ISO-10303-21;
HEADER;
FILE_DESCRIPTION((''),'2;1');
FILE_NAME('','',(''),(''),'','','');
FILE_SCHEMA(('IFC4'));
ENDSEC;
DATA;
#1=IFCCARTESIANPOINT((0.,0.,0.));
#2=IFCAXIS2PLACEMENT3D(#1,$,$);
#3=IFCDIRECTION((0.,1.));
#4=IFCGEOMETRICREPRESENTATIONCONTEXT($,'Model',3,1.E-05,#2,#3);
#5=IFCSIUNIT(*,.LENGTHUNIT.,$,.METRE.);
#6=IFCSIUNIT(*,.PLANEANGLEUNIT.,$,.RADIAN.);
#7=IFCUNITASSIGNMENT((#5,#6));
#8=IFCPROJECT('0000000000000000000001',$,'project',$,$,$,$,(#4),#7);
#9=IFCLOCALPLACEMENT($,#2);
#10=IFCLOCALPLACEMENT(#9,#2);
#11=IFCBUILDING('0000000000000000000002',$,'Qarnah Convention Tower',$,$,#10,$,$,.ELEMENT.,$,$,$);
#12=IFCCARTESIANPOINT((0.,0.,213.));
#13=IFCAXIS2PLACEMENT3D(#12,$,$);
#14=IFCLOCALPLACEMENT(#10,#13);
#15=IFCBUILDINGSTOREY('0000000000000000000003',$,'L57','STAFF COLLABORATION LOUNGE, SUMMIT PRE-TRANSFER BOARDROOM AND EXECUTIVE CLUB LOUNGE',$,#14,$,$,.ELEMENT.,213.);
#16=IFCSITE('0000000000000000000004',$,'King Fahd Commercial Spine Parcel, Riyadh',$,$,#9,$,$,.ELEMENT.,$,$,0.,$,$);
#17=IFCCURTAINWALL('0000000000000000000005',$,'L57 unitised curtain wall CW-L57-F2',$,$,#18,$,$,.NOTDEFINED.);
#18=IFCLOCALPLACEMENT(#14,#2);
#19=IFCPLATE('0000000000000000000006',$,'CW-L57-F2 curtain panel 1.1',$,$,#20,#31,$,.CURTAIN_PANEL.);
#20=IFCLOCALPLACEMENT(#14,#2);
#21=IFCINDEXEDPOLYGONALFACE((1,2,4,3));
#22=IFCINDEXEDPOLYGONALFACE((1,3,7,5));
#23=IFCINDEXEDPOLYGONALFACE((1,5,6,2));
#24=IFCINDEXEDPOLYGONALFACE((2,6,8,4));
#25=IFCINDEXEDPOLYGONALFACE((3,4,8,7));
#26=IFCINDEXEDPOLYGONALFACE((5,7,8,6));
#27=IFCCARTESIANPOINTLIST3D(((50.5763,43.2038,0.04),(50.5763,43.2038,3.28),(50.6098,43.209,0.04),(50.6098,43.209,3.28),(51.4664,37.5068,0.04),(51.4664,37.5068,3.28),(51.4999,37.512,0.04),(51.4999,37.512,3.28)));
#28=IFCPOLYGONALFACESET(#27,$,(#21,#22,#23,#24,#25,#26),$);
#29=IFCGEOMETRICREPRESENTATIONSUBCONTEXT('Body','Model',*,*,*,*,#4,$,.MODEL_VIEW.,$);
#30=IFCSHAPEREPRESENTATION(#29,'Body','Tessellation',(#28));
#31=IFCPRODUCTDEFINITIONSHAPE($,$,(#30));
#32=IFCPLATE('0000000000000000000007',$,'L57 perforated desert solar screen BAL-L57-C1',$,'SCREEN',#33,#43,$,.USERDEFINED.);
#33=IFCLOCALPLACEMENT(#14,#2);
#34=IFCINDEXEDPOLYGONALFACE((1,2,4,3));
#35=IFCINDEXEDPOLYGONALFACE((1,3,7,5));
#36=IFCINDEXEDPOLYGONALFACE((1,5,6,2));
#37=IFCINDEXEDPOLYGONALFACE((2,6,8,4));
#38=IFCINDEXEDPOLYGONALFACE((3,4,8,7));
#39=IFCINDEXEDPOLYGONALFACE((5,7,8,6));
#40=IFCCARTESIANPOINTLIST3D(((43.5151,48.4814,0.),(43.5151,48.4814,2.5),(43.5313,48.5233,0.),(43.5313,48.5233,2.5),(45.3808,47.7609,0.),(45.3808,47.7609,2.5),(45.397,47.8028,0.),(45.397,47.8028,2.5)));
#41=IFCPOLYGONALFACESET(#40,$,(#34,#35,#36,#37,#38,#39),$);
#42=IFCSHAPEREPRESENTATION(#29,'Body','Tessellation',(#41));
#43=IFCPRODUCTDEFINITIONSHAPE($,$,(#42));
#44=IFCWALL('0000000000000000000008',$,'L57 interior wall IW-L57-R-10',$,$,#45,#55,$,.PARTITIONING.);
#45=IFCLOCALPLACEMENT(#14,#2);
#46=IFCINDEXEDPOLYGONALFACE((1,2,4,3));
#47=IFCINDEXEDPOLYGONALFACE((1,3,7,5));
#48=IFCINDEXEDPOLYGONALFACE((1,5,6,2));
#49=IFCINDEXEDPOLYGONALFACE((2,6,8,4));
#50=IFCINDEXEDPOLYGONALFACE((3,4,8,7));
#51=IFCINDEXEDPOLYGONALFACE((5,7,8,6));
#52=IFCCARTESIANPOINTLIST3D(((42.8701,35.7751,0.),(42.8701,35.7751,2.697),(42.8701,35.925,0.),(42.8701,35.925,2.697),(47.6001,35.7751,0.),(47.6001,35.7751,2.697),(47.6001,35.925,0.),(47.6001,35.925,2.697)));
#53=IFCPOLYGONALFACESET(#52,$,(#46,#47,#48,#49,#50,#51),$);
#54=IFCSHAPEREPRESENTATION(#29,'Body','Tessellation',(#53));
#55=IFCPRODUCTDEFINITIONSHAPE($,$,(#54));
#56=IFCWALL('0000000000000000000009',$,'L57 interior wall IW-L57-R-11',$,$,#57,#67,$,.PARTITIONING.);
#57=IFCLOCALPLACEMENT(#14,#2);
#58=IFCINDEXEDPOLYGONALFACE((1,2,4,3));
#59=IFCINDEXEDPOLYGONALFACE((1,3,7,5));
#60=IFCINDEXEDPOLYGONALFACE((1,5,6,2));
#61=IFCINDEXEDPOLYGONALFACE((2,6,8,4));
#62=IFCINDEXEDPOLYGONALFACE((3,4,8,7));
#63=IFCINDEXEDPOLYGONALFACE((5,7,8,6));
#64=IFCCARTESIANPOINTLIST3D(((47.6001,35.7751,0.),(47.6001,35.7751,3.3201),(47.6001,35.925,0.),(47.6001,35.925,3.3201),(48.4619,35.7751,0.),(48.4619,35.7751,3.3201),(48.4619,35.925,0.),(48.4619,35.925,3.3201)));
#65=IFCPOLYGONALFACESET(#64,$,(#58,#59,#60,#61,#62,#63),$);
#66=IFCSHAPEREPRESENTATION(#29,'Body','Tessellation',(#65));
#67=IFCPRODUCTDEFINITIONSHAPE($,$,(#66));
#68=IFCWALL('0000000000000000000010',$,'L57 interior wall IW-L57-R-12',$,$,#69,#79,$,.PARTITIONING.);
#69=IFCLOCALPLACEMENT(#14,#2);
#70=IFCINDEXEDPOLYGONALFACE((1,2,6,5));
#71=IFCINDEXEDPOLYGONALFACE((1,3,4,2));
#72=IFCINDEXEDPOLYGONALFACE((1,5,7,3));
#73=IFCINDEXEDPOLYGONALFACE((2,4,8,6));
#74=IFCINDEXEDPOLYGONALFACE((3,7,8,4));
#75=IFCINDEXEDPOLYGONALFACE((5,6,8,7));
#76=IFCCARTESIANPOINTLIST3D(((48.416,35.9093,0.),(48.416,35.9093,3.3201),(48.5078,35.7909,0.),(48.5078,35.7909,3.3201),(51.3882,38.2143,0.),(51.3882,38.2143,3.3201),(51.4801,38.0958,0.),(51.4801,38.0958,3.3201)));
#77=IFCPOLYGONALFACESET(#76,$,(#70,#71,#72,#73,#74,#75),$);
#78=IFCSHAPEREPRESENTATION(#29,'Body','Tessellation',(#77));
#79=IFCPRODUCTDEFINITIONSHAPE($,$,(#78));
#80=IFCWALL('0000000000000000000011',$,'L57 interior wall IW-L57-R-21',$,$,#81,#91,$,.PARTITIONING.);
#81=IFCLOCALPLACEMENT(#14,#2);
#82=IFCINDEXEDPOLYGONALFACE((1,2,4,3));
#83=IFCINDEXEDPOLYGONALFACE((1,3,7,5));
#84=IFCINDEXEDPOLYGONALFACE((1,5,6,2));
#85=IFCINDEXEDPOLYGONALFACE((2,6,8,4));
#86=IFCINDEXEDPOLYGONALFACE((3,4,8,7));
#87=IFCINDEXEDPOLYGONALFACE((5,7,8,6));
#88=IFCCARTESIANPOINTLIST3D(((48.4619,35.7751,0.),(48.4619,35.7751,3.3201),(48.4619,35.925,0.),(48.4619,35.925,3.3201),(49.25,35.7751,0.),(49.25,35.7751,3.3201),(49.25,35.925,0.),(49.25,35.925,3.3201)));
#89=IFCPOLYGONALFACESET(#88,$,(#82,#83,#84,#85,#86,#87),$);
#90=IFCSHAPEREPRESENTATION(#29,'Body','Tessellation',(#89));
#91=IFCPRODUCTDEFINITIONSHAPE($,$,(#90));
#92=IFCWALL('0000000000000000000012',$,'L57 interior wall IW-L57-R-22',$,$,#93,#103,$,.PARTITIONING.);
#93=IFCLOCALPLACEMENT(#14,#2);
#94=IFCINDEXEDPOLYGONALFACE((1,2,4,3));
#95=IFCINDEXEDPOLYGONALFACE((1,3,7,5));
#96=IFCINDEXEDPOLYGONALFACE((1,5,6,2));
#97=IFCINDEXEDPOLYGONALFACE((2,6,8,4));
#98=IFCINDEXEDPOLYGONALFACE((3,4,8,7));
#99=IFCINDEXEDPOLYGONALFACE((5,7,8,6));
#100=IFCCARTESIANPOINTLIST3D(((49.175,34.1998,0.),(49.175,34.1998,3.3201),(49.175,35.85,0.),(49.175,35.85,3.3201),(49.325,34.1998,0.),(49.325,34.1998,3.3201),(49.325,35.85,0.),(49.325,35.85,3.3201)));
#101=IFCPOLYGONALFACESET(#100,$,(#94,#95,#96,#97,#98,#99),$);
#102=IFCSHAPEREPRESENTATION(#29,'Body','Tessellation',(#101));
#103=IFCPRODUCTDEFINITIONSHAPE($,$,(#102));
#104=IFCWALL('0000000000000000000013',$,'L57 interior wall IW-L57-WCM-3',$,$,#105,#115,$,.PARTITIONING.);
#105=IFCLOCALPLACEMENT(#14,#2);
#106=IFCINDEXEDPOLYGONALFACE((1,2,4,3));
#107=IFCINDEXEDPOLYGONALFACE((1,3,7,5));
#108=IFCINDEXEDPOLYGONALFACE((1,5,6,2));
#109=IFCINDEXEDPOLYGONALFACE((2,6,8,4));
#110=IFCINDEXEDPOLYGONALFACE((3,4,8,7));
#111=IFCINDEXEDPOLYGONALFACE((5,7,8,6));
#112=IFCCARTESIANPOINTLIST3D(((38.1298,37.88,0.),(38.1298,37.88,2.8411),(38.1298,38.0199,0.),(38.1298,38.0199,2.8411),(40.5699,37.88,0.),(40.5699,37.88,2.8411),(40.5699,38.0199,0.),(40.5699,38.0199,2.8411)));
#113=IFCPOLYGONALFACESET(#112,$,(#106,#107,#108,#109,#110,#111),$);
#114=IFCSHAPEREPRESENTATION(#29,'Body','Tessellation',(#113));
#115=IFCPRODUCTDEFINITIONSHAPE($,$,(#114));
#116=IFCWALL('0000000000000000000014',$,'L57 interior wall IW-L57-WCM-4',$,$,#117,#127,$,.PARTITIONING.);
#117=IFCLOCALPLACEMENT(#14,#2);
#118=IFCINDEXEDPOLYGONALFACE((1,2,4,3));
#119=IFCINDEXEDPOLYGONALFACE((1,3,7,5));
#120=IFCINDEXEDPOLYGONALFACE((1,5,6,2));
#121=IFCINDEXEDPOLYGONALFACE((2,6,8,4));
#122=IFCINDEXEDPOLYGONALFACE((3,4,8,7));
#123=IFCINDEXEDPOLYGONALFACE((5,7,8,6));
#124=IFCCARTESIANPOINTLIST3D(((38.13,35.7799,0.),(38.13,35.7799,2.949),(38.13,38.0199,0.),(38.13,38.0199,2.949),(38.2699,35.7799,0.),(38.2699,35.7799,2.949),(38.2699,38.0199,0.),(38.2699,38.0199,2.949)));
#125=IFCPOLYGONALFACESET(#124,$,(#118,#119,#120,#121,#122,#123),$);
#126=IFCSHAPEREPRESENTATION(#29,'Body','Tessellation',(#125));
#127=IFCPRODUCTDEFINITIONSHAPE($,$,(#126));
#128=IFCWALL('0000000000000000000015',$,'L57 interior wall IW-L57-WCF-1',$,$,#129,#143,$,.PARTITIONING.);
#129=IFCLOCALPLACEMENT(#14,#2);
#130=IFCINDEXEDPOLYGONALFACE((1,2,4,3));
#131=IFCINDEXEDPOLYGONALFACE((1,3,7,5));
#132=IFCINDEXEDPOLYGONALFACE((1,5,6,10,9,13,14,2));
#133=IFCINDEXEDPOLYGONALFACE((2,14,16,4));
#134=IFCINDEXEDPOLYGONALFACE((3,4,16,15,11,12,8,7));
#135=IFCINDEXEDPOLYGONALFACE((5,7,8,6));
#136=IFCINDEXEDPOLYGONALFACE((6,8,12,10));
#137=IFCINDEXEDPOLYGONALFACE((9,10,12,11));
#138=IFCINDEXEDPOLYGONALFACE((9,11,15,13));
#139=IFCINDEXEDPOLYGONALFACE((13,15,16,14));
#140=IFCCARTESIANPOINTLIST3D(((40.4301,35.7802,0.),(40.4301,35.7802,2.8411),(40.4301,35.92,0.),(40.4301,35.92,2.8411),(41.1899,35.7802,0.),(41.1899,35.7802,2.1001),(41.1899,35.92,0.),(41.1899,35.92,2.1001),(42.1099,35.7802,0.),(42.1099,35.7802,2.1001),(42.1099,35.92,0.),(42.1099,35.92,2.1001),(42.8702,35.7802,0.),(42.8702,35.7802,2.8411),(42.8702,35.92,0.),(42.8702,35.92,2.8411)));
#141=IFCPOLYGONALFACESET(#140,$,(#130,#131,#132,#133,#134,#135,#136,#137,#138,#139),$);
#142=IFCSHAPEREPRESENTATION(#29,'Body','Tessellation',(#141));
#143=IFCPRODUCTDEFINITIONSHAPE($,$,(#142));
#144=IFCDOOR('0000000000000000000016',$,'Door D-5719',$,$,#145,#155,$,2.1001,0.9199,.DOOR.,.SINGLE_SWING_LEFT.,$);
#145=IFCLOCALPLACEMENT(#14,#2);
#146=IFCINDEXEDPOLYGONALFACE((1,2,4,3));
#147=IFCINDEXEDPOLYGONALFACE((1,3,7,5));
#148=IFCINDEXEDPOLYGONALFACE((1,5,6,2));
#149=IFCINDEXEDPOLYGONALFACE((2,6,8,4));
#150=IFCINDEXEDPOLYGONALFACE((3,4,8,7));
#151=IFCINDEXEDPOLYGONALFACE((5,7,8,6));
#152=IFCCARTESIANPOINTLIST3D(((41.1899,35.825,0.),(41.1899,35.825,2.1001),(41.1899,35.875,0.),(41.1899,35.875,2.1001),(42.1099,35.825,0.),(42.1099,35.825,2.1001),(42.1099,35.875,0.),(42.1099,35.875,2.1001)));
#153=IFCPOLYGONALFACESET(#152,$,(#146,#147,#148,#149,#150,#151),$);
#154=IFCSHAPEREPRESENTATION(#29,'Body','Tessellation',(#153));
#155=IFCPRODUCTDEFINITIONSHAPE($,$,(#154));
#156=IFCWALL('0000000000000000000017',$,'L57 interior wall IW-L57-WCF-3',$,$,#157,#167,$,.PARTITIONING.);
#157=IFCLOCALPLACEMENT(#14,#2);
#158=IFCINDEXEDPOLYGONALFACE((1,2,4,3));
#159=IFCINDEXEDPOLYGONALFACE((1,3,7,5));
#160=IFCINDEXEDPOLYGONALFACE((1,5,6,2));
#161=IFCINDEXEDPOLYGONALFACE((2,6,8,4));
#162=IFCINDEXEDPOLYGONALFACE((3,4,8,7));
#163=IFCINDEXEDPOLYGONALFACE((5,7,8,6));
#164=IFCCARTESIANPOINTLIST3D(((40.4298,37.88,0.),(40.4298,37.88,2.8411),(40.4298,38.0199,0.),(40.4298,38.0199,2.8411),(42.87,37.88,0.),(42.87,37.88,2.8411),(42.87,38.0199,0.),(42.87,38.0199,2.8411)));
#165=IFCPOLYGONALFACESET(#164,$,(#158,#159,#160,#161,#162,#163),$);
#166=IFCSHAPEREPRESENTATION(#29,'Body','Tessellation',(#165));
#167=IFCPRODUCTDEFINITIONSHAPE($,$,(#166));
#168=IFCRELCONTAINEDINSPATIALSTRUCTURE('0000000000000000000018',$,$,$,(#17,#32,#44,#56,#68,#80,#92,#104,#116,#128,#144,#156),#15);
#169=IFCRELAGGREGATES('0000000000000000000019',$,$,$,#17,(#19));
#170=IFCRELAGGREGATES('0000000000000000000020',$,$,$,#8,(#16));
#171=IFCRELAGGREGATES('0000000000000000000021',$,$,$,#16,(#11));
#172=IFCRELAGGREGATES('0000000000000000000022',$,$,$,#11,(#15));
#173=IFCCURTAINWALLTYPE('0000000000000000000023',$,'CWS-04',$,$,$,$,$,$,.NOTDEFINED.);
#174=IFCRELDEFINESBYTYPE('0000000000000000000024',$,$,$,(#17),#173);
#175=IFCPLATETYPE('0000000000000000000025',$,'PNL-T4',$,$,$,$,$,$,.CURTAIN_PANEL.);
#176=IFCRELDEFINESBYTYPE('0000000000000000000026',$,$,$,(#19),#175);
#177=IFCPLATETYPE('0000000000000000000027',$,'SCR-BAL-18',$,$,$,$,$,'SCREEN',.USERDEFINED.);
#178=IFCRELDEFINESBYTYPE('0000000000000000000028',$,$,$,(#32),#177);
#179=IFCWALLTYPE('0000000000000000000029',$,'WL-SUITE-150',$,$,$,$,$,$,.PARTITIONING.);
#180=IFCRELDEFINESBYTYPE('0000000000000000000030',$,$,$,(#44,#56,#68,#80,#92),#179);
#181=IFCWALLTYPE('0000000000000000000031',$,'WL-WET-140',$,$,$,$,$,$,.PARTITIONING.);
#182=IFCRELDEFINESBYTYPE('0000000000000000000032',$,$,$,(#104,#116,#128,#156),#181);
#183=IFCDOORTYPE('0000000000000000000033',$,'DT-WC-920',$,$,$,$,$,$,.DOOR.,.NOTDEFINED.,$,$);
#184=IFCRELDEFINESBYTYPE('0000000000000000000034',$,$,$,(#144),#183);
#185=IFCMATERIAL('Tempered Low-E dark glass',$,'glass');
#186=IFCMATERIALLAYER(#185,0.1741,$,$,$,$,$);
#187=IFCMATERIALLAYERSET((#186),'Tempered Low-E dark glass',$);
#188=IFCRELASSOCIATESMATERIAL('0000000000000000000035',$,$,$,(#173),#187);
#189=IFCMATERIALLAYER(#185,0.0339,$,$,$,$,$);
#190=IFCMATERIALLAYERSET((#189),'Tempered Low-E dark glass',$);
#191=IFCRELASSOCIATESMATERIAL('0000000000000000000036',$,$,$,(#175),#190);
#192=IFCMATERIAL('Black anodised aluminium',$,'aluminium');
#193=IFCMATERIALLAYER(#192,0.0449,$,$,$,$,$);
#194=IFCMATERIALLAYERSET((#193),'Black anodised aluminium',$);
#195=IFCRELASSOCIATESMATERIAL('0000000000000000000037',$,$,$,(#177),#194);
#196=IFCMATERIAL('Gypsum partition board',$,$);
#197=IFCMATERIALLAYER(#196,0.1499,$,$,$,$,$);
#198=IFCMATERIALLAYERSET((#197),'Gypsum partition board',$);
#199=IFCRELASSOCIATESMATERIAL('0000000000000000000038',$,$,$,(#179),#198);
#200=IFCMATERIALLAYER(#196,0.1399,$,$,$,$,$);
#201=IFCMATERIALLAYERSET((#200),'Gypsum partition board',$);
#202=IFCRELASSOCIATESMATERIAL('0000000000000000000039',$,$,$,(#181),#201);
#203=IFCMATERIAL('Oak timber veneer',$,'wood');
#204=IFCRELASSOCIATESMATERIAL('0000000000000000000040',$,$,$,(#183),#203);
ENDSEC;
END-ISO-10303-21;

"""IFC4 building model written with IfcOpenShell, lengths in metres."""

from ifc_helpers import new_model, si_unit, direction, frame, frame_2d, origin, origin_2d, place, context, subcontext, project, spatial, rectangle, extrude, material, layer, layer_set, type_object, element, fill, aggregate, save


model = new_model("IFC4")

# Units and contexts
model_context = context("Model", 3, precision=1e-05, world=origin(), true_north=direction((0.0, 1.0)))
body_context = subcontext(model_context, "Body", "Model", "MODEL_VIEW")
ifc_project = project(units=[si_unit("LENGTHUNIT", "METRE"), si_unit("PLANEANGLEUNIT", "RADIAN")], contexts=[model_context])

# Site, building, storey
site_placement = place(None, origin())
site = spatial("IfcSite", under=ifc_project, at=site_placement, Name="King Fahd Commercial Spine Parcel, Riyadh", CompositionType="ELEMENT", RefElevation=0.0)
building_placement = place(site_placement, origin())
building = spatial("IfcBuilding", under=site, at=building_placement, Name="Qarnah Convention Tower", CompositionType="ELEMENT")
storey_placement = place(building_placement, frame((0.0, 0.0, 213.0)))
storey = spatial("IfcBuildingStorey", under=building, at=storey_placement, Name="L57", Description="STAFF COLLABORATION LOUNGE, SUMMIT PRE-TRANSFER BOARDROOM AND EXECUTIVE CLUB LOUNGE", CompositionType="ELEMENT", Elevation=213.0)

# Curtain wall
ifc_material_1 = material(Name="Tempered Low-E dark glass", Category="glass")
ifc_layer_1 = layer(ifc_material_1, 0.1741)
ifc_layer_set_1 = layer_set([ifc_layer_1], Name="Tempered Low-E dark glass")
curtain_wall_type = type_object("IfcCurtainWallType", Name="CWS-04", PredefinedType="NOTDEFINED", material=ifc_layer_set_1)
curtain_wall_1_placement = place(storey_placement, origin())
curtain_wall_1 = element("IfcCurtainWall", 1, at=curtain_wall_1_placement, inside=storey, type_object=curtain_wall_type, Name="L57 unitised curtain wall CW-L57-F2", PredefinedType="NOTDEFINED")
ifc_material_2 = material(Name="Black anodised aluminium", Category="aluminium")

# Plates
ifc_layer_2 = layer(ifc_material_1, 0.0339)
ifc_layer_set_2 = layer_set([ifc_layer_2], Name="Tempered Low-E dark glass")
plate_type_1 = type_object("IfcPlateType", Name="PNL-T4", PredefinedType="CURTAIN_PANEL", material=ifc_layer_set_2)
plate_1_placement = place(storey_placement, frame((51.0381, 40.3579, 0.04), z_axis=(0.0, 0.0, 1.0), x_axis=(0.15436, -0.988015, 0.0)))
plate_1 = element("IfcPlate", 2, at=plate_1_placement, type_object=plate_type_1, Name="CW-L57-F2 curtain panel 1.1", PredefinedType="CURTAIN_PANEL", context=body_context, shape_type="SweptSolid", body=[
    extrude(rectangle(XDim=5.7661, YDim=0.0339, at=origin_2d()), origin(), (0.0, 0.0, 1.0), 3.24),
])
aggregate(curtain_wall_1, [plate_1])
ifc_layer_3 = layer(ifc_material_2, 0.0449)
ifc_layer_set_3 = layer_set([ifc_layer_3], Name="Black anodised aluminium")
plate_type_2 = type_object("IfcPlateType", Name="SCR-BAL-18", ElementType="SCREEN", PredefinedType="USERDEFINED", material=ifc_layer_set_3)
plate_2_placement = place(storey_placement, frame((44.4561, 48.1421, 0.0), z_axis=(0.0, 0.0, 1.0), x_axis=(0.932842, -0.360285, 0.0)))
element("IfcPlate", 3, at=plate_2_placement, inside=storey, type_object=plate_type_2, Name="L57 perforated desert solar screen BAL-L57-C1", ObjectType="SCREEN", PredefinedType="USERDEFINED", context=body_context, shape_type="SweptSolid", body=[
    extrude(rectangle(XDim=2.0, YDim=0.0449, at=origin_2d()), origin(), (0.0, 0.0, 1.0), 2.5),
])

# Walls
ifc_material_3 = material(Name="Gypsum partition board")
ifc_layer_4 = layer(ifc_material_3, 0.1499)
ifc_layer_set_4 = layer_set([ifc_layer_4], Name="Gypsum partition board")
wall_type_1 = type_object("IfcWallType", Name="WL-SUITE-150", PredefinedType="PARTITIONING", material=ifc_layer_set_4)
wall_1_placement = place(storey_placement, frame((42.8701, 35.8501, 0.0), z_axis=(0.0, 0.0, 1.0), x_axis=(1.0, 0.0, 0.0)))
element("IfcWall", 4, at=wall_1_placement, inside=storey, type_object=wall_type_1, Name="L57 interior wall IW-L57-R-10", PredefinedType="PARTITIONING", context=body_context, shape_type="SweptSolid", body=[
    extrude(rectangle(XDim=4.73, YDim=0.1499, at=frame_2d((2.365, 0.0))), origin(), (0.0, 0.0, 1.0), 2.697),
])
wall_2_placement = place(storey_placement, frame((47.6001, 35.8501, 0.0), z_axis=(0.0, 0.0, 1.0), x_axis=(1.0, 0.0, 0.0)))
element("IfcWall", 5, at=wall_2_placement, inside=storey, type_object=wall_type_1, Name="L57 interior wall IW-L57-R-11", PredefinedType="PARTITIONING", context=body_context, shape_type="SweptSolid", body=[
    extrude(rectangle(XDim=0.8618, YDim=0.1499, at=frame_2d((0.4309, 0.0))), origin(), (0.0, 0.0, 1.0), 3.3201),
])
wall_3_placement = place(storey_placement, frame((48.4619, 35.8501, 0.0), z_axis=(0.0, 0.0, 1.0), x_axis=(0.790222, 0.612821, 0.0)))
element("IfcWall", 6, at=wall_3_placement, inside=storey, type_object=wall_type_1, Name="L57 interior wall IW-L57-R-12", PredefinedType="PARTITIONING", context=body_context, shape_type="SweptSolid", body=[
    extrude(rectangle(XDim=3.7612, YDim=0.1499, at=frame_2d((1.8806, 0.0))), origin(), (0.0, 0.0, 1.0), 3.3201),
])
wall_4_placement = place(storey_placement, frame((48.4619, 35.8501, 0.0), z_axis=(0.0, 0.0, 1.0), x_axis=(1.0, 0.0, 0.0)))
element("IfcWall", 7, at=wall_4_placement, inside=storey, type_object=wall_type_1, Name="L57 interior wall IW-L57-R-21", PredefinedType="PARTITIONING", context=body_context, shape_type="SweptSolid", body=[
    extrude(rectangle(XDim=0.7881, YDim=0.1499, at=frame_2d((0.394, 0.0))), origin(), (0.0, 0.0, 1.0), 3.3201),
])
wall_5_placement = place(storey_placement, frame((49.25, 35.8501, 0.0), z_axis=(0.0, 0.0, 1.0), x_axis=(0.0, -1.0, 0.0)))
element("IfcWall", 8, at=wall_5_placement, inside=storey, type_object=wall_type_1, Name="L57 interior wall IW-L57-R-22", PredefinedType="PARTITIONING", context=body_context, shape_type="SweptSolid", body=[
    extrude(rectangle(XDim=1.6501, YDim=0.1499, at=frame_2d((0.8252, 0.0))), origin(), (0.0, 0.0, 1.0), 3.3201),
])
ifc_layer_5 = layer(ifc_material_3, 0.1399)
ifc_layer_set_5 = layer_set([ifc_layer_5], Name="Gypsum partition board")
wall_type_2 = type_object("IfcWallType", Name="WL-WET-140", PredefinedType="PARTITIONING", material=ifc_layer_set_5)
wall_6_placement = place(storey_placement, frame((40.5701, 37.95, 0.0), z_axis=(0.0, 0.0, 1.0), x_axis=(-1.0, 0.0, 0.0)))
element("IfcWall", 9, at=wall_6_placement, inside=storey, type_object=wall_type_2, Name="L57 interior wall IW-L57-WCM-3", PredefinedType="PARTITIONING", context=body_context, shape_type="SweptSolid", body=[
    extrude(rectangle(XDim=2.4402, YDim=0.1399, at=frame_2d((1.2202, 0.0))), origin(), (0.0, 0.0, 1.0), 2.8411),
])
wall_7_placement = place(storey_placement, frame((38.2, 38.02, 0.0), z_axis=(0.0, 0.0, 1.0), x_axis=(0.0, -1.0, 0.0)))
element("IfcWall", 10, at=wall_7_placement, inside=storey, type_object=wall_type_2, Name="L57 interior wall IW-L57-WCM-4", PredefinedType="PARTITIONING", context=body_context, shape_type="SweptSolid", body=[
    extrude(rectangle(XDim=2.24, YDim=0.1399, at=frame_2d((1.1201, 0.0))), origin(), (0.0, 0.0, 1.0), 2.949),
])

# Wall, opening, door
wall_8_placement = place(storey_placement, frame((40.4299, 35.8501, 0.0), z_axis=(0.0, 0.0, 1.0), x_axis=(1.0, 0.0, 0.0)))
wall_8 = element("IfcWall", 11, at=wall_8_placement, inside=storey, type_object=wall_type_2, Name="L57 interior wall IW-L57-WCF-1", PredefinedType="PARTITIONING", context=body_context, shape_type="SweptSolid", body=[
    extrude(rectangle(XDim=2.4402, YDim=0.1399, at=frame_2d((1.2202, 0.0))), origin(), (0.0, 0.0, 1.0), 2.8411),
])
opening_1_placement = place(wall_8_placement, frame((0.76, 0.0, 0.0)))
opening_1 = element("IfcOpeningElement", 12, at=opening_1_placement, cuts=wall_8, PredefinedType="OPENING", context=body_context, shape_type="SweptSolid", body=[
    extrude(rectangle(XDim=0.9199, YDim=2.1001, at=frame_2d((0.46, 1.05))), frame((0.0, 0.0798, 0.0), z_axis=(0.0, -1.0, 0.0), x_axis=(1.0, 0.0, 0.0)), (0.0, 0.0, 1.0), 0.1599),
])
ifc_material_4 = material(Name="Oak timber veneer", Category="wood")
door_type_1 = type_object("IfcDoorType", Name="DT-WC-920", OperationType="NOTDEFINED", PredefinedType="DOOR", material=ifc_material_4)
door_1_placement = place(opening_1_placement, origin())
door_1 = element("IfcDoor", 13, at=door_1_placement, inside=storey, type_object=door_type_1, Name="Door D-5719", OperationType="SINGLE_SWING_LEFT", OverallHeight=2.1001, OverallWidth=0.9199, PredefinedType="DOOR", context=body_context, shape_type="SweptSolid", body=[
    extrude(rectangle(XDim=0.9199, YDim=2.1001, at=frame_2d((0.46, 1.05))), frame((0.0, 0.0249, 0.0), z_axis=(0.0, -1.0, 0.0), x_axis=(1.0, 0.0, 0.0)), (0.0, 0.0, 1.0), 0.05),
])
fill(opening_1, door_1)

# Wall
wall_9_placement = place(storey_placement, frame((42.8701, 37.95, 0.0), z_axis=(0.0, 0.0, 1.0), x_axis=(-1.0, 0.0, 0.0)))
element("IfcWall", 14, at=wall_9_placement, inside=storey, type_object=wall_type_2, Name="L57 interior wall IW-L57-WCF-3", PredefinedType="PARTITIONING", context=body_context, shape_type="SweptSolid", body=[
    extrude(rectangle(XDim=2.4402, YDim=0.1399, at=frame_2d((1.2202, 0.0))), origin(), (0.0, 0.0, 1.0), 2.8411),
])

save(model, "model.ifc")
